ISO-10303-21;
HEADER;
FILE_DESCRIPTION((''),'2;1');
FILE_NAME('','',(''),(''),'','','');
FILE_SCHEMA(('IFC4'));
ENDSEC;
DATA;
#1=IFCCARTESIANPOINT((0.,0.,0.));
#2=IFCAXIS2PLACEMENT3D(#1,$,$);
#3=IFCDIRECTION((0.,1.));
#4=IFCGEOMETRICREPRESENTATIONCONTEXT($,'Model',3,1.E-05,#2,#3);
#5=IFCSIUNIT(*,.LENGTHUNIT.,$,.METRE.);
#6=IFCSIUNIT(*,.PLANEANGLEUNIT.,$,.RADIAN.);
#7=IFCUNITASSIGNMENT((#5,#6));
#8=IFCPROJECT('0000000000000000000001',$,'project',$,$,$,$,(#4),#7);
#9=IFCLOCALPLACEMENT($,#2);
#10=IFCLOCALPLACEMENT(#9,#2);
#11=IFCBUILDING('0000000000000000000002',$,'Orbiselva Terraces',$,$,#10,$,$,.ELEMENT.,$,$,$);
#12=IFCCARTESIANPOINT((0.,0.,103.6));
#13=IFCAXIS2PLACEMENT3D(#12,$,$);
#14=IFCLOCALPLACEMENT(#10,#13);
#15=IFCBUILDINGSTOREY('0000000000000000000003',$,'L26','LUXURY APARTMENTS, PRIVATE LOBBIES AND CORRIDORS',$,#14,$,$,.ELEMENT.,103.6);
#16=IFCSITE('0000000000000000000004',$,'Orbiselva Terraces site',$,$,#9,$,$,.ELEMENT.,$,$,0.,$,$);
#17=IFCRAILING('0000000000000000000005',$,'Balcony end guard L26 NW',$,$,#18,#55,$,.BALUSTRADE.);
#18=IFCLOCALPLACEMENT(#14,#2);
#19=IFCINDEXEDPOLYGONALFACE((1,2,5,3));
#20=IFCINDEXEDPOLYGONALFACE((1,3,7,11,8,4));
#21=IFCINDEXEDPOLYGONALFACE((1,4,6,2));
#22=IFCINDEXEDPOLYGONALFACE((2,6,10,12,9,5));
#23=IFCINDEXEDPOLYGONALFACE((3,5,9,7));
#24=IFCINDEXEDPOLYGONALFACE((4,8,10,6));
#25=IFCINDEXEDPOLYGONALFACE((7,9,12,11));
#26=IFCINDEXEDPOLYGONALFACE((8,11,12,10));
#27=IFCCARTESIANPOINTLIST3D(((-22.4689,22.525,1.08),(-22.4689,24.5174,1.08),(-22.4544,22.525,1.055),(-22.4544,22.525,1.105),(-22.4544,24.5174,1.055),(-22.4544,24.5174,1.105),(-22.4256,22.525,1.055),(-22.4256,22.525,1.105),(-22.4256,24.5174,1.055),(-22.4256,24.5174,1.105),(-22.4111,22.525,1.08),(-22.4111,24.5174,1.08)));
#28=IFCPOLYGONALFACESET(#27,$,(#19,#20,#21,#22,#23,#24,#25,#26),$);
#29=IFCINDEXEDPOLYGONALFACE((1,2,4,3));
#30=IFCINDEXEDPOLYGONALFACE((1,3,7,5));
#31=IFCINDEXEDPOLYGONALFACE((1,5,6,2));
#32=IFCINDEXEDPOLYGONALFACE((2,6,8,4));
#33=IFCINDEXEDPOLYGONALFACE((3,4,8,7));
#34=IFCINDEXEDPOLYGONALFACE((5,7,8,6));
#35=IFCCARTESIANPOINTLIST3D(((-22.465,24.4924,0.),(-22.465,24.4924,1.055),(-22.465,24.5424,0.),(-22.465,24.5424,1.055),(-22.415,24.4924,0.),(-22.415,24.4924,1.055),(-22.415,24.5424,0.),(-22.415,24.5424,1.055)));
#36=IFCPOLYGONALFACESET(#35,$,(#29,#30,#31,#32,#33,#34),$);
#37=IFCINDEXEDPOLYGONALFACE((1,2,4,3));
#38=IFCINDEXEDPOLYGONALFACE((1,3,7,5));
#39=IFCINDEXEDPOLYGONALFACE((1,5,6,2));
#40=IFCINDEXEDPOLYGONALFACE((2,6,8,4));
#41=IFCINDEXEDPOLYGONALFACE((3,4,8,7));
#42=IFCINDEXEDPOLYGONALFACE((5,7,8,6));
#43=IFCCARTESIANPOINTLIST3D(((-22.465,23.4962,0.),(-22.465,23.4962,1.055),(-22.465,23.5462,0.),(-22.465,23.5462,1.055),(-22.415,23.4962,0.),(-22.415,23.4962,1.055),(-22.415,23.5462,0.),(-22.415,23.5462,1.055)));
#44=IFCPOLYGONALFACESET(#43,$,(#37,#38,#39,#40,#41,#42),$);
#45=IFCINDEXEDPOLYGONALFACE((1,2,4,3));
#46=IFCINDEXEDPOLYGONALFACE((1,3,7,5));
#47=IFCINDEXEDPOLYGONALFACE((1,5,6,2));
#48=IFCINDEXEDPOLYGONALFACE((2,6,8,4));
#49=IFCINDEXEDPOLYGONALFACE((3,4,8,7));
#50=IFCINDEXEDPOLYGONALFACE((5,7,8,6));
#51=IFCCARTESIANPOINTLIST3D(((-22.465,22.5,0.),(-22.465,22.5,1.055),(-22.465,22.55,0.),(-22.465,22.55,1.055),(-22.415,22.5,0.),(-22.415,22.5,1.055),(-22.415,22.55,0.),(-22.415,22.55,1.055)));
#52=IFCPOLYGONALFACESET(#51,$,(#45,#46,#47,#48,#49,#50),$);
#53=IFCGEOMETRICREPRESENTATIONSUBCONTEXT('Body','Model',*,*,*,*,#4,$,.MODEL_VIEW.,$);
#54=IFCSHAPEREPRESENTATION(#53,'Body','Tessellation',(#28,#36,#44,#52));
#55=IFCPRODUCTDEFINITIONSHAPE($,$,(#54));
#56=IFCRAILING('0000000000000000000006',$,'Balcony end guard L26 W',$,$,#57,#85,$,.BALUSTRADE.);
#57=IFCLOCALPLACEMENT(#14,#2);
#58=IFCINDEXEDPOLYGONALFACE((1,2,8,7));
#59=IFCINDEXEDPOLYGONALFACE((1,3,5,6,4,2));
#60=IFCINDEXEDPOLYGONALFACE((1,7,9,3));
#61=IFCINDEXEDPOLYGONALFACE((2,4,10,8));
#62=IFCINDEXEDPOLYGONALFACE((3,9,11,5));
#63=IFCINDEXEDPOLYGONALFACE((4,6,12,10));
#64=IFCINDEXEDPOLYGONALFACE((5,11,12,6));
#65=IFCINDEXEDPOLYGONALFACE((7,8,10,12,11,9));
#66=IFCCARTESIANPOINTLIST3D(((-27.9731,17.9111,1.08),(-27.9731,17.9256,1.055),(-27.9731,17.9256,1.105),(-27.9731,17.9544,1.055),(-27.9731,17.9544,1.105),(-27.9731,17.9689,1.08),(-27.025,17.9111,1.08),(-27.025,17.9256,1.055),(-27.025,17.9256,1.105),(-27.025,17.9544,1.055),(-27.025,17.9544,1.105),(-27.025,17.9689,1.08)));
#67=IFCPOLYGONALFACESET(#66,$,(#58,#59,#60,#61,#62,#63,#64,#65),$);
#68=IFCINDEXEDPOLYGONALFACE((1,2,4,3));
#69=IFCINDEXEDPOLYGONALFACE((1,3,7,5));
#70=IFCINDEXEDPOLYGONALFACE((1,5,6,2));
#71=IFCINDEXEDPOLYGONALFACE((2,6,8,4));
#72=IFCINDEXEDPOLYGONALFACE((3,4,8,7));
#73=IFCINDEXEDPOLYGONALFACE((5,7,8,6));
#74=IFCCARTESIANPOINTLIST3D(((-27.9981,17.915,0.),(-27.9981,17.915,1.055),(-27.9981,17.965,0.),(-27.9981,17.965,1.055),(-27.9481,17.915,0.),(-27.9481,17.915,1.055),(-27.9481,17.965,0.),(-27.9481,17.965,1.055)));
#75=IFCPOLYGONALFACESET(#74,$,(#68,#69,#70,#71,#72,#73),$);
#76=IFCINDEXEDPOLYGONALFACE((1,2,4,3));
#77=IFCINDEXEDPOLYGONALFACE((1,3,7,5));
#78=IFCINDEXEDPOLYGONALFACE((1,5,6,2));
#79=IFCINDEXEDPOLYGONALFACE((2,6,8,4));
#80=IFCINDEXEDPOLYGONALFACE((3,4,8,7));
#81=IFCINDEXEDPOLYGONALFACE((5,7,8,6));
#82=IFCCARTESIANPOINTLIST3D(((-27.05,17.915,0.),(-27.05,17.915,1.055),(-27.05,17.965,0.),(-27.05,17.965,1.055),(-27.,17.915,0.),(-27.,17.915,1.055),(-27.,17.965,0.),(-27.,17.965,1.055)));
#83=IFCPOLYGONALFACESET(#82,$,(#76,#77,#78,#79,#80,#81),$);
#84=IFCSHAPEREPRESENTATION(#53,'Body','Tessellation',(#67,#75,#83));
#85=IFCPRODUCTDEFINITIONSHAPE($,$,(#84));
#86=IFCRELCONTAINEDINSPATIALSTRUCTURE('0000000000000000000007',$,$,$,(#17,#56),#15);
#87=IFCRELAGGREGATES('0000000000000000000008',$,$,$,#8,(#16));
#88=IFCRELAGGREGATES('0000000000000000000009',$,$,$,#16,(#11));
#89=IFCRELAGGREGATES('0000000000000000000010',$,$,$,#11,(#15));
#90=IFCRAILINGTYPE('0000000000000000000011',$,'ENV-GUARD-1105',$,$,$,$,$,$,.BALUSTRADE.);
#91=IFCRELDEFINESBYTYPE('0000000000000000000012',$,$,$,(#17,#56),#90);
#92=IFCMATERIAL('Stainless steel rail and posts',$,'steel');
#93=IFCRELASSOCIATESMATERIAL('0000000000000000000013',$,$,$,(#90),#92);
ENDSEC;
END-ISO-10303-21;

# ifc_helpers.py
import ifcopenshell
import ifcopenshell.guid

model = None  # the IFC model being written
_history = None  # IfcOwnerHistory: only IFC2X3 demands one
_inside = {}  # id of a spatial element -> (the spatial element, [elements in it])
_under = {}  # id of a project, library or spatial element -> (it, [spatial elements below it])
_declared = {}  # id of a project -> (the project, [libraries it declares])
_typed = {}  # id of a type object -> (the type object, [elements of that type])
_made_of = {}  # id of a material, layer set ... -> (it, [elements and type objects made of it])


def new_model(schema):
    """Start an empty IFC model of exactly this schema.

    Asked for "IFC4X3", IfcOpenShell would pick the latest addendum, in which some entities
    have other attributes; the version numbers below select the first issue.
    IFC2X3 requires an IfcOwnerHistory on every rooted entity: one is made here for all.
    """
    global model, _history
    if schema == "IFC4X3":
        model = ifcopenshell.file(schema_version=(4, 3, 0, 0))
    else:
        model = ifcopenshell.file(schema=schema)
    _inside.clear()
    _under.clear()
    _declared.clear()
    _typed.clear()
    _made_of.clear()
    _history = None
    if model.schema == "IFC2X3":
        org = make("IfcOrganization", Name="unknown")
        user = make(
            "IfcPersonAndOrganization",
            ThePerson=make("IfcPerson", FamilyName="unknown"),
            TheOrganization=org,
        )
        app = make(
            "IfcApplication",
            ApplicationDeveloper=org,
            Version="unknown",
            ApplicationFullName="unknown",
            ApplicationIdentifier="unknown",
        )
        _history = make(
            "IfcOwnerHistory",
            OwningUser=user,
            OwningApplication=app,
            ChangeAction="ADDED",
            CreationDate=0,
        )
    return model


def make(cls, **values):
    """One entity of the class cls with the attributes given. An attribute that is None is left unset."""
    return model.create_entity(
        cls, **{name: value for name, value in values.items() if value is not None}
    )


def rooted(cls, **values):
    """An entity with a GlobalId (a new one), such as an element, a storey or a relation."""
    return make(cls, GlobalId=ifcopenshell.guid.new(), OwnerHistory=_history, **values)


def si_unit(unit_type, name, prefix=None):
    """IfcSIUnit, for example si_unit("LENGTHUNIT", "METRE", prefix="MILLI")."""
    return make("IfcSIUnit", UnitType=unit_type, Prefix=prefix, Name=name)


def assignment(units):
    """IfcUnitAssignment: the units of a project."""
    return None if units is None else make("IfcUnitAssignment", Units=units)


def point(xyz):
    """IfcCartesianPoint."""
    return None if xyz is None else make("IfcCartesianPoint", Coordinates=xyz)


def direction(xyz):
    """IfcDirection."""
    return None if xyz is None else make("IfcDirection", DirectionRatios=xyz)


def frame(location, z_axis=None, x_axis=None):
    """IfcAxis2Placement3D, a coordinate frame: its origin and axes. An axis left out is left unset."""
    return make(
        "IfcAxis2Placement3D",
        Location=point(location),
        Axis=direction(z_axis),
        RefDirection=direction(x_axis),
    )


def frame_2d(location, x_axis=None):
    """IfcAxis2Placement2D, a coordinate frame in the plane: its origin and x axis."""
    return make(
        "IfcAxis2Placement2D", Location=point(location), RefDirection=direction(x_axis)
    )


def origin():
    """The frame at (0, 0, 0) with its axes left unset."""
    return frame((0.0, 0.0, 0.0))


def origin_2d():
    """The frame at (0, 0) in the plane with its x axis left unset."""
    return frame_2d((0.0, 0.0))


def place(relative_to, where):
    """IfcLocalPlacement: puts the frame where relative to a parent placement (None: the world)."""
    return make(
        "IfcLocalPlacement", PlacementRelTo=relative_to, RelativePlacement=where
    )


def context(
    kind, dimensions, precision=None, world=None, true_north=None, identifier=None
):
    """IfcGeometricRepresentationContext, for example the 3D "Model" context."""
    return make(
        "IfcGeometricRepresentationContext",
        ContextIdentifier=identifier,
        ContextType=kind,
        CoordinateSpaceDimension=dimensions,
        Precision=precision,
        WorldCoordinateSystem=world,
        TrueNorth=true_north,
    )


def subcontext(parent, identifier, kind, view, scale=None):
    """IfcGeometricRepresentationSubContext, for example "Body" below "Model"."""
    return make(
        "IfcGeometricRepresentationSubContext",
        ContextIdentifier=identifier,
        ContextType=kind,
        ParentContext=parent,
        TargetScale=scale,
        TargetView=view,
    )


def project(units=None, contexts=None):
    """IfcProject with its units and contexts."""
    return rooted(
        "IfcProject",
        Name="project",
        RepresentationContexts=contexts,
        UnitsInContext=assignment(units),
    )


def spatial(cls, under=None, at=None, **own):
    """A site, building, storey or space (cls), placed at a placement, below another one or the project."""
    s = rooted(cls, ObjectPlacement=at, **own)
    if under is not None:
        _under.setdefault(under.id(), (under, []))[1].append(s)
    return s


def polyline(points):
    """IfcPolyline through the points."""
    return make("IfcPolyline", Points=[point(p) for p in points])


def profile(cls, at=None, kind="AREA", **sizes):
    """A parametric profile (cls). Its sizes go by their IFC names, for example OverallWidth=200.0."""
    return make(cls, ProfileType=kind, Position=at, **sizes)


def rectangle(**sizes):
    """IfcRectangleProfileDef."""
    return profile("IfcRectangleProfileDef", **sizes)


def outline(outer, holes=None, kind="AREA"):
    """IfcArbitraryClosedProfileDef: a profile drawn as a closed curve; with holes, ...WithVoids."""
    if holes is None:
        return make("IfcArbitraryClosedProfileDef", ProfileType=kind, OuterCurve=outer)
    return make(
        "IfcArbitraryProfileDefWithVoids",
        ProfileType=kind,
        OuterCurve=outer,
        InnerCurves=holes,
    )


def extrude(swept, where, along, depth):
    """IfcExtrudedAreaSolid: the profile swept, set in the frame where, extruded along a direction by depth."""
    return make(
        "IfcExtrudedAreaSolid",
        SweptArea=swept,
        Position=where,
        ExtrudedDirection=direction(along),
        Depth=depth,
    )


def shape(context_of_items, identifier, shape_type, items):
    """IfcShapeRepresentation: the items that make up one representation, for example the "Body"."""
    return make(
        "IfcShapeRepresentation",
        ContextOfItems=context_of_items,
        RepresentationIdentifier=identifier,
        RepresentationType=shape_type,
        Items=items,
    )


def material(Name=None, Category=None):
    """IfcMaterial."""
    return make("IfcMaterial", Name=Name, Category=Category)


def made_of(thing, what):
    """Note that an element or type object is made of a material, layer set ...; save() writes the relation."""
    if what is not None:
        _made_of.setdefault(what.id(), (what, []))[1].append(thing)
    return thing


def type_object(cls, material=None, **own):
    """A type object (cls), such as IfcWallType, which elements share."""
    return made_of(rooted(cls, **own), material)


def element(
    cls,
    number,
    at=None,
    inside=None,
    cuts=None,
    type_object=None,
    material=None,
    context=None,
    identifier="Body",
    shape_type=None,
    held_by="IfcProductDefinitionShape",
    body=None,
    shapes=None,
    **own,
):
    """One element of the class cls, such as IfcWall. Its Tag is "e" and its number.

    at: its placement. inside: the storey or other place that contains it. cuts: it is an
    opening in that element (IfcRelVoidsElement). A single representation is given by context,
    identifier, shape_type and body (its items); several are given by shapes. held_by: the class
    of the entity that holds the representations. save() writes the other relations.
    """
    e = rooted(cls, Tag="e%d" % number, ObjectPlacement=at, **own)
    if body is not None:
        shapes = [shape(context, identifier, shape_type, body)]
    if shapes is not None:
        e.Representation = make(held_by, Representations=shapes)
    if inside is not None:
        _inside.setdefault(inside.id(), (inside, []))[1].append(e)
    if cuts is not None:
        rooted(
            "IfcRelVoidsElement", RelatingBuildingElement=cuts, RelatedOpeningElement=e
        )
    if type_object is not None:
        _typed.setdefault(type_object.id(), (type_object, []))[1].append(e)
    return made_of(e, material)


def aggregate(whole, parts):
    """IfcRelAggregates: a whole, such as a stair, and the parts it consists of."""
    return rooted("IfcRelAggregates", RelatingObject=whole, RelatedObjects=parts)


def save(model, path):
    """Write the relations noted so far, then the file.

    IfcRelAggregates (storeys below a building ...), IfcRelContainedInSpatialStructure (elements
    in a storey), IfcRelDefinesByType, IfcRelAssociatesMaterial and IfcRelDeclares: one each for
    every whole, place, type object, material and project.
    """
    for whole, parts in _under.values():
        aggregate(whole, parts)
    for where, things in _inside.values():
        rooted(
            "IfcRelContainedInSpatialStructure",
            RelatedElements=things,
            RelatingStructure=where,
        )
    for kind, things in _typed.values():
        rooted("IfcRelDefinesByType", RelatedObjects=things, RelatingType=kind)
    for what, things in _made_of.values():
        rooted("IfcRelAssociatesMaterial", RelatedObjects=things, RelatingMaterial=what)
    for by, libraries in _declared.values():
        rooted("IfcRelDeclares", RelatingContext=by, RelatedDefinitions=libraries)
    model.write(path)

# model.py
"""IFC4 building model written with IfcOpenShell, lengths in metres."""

from ifc_helpers import new_model, si_unit, direction, frame, origin, origin_2d, place, context, subcontext, project, spatial, polyline, rectangle, outline, extrude, material, type_object, element, save


model = new_model("IFC4")

# Units and contexts
model_context = context("Model", 3, precision=1e-05, world=origin(), true_north=direction((0.0, 1.0)))
body_context = subcontext(model_context, "Body", "Model", "MODEL_VIEW")
ifc_project = project(units=[si_unit("LENGTHUNIT", "METRE"), si_unit("PLANEANGLEUNIT", "RADIAN")], contexts=[model_context])

# Site, building, storey
site_placement = place(None, origin())
site = spatial("IfcSite", under=ifc_project, at=site_placement, Name="Orbiselva Terraces site", CompositionType="ELEMENT", RefElevation=0.0)
building_placement = place(site_placement, origin())
building = spatial("IfcBuilding", under=site, at=building_placement, Name="Orbiselva Terraces", CompositionType="ELEMENT")
storey_placement = place(building_placement, frame((0.0, 0.0, 103.6)))
storey = spatial("IfcBuildingStorey", under=building, at=storey_placement, Name="L26", Description="LUXURY APARTMENTS, PRIVATE LOBBIES AND CORRIDORS", CompositionType="ELEMENT", Elevation=103.6)

# Railings
ifc_material_1 = material(Name="Stainless steel rail and posts", Category="steel")
railing_type_1 = type_object("IfcRailingType", Name="ENV-GUARD-1105", PredefinedType="BALUSTRADE", material=ifc_material_1)
railing_1_placement = place(storey_placement, frame((-22.44, 24.5174, 0.0)))
element("IfcRailing", 1, at=railing_1_placement, inside=storey, type_object=railing_type_1, Name="Balcony end guard L26 NW", PredefinedType="BALUSTRADE", context=body_context, shape_type="SweptSolid", body=[
    extrude(outline(polyline([(0.0289, 0.0), (0.0144, 0.025), (-0.0144, 0.025), (-0.0289, 0.0), (-0.0144, -0.025), (0.0144, -0.025), (0.0289, 0.0)])), frame((0.0, 0.0, 1.08), z_axis=(0.0, -1.0, 0.0), x_axis=(1.0, 0.0, 0.0)), (0.0, 0.0, 1.0), 1.9924),
    extrude(rectangle(XDim=0.05, YDim=0.05, at=origin_2d()), origin(), (0.0, 0.0, 1.0), 1.055),
    extrude(rectangle(XDim=0.05, YDim=0.05, at=origin_2d()), frame((0.0, -0.9962, 0.0)), (0.0, 0.0, 1.0), 1.055),
    extrude(rectangle(XDim=0.05, YDim=0.05, at=origin_2d()), frame((0.0, -1.9924, 0.0)), (0.0, 0.0, 1.0), 1.055),
])
railing_2_placement = place(storey_placement, frame((-27.9731, 17.94, 0.0)))
element("IfcRailing", 2, at=railing_2_placement, inside=storey, type_object=railing_type_1, Name="Balcony end guard L26 W", PredefinedType="BALUSTRADE", context=body_context, shape_type="SweptSolid", body=[
    extrude(outline(polyline([(0.0289, 0.0), (0.0144, 0.025), (-0.0144, 0.025), (-0.0289, 0.0), (-0.0144, -0.025), (0.0144, -0.025), (0.0289, 0.0)])), frame((0.0, 0.0, 1.08), z_axis=(1.0, 0.0, 0.0), x_axis=(0.0, 1.0, 0.0)), (0.0, 0.0, 1.0), 0.9481),
    extrude(rectangle(XDim=0.05, YDim=0.05, at=origin_2d()), origin(), (0.0, 0.0, 1.0), 1.055),
    extrude(rectangle(XDim=0.05, YDim=0.05, at=origin_2d()), frame((0.9481, 0.0, 0.0)), (0.0, 0.0, 1.0), 1.055),
])

save(model, "model.ifc")
